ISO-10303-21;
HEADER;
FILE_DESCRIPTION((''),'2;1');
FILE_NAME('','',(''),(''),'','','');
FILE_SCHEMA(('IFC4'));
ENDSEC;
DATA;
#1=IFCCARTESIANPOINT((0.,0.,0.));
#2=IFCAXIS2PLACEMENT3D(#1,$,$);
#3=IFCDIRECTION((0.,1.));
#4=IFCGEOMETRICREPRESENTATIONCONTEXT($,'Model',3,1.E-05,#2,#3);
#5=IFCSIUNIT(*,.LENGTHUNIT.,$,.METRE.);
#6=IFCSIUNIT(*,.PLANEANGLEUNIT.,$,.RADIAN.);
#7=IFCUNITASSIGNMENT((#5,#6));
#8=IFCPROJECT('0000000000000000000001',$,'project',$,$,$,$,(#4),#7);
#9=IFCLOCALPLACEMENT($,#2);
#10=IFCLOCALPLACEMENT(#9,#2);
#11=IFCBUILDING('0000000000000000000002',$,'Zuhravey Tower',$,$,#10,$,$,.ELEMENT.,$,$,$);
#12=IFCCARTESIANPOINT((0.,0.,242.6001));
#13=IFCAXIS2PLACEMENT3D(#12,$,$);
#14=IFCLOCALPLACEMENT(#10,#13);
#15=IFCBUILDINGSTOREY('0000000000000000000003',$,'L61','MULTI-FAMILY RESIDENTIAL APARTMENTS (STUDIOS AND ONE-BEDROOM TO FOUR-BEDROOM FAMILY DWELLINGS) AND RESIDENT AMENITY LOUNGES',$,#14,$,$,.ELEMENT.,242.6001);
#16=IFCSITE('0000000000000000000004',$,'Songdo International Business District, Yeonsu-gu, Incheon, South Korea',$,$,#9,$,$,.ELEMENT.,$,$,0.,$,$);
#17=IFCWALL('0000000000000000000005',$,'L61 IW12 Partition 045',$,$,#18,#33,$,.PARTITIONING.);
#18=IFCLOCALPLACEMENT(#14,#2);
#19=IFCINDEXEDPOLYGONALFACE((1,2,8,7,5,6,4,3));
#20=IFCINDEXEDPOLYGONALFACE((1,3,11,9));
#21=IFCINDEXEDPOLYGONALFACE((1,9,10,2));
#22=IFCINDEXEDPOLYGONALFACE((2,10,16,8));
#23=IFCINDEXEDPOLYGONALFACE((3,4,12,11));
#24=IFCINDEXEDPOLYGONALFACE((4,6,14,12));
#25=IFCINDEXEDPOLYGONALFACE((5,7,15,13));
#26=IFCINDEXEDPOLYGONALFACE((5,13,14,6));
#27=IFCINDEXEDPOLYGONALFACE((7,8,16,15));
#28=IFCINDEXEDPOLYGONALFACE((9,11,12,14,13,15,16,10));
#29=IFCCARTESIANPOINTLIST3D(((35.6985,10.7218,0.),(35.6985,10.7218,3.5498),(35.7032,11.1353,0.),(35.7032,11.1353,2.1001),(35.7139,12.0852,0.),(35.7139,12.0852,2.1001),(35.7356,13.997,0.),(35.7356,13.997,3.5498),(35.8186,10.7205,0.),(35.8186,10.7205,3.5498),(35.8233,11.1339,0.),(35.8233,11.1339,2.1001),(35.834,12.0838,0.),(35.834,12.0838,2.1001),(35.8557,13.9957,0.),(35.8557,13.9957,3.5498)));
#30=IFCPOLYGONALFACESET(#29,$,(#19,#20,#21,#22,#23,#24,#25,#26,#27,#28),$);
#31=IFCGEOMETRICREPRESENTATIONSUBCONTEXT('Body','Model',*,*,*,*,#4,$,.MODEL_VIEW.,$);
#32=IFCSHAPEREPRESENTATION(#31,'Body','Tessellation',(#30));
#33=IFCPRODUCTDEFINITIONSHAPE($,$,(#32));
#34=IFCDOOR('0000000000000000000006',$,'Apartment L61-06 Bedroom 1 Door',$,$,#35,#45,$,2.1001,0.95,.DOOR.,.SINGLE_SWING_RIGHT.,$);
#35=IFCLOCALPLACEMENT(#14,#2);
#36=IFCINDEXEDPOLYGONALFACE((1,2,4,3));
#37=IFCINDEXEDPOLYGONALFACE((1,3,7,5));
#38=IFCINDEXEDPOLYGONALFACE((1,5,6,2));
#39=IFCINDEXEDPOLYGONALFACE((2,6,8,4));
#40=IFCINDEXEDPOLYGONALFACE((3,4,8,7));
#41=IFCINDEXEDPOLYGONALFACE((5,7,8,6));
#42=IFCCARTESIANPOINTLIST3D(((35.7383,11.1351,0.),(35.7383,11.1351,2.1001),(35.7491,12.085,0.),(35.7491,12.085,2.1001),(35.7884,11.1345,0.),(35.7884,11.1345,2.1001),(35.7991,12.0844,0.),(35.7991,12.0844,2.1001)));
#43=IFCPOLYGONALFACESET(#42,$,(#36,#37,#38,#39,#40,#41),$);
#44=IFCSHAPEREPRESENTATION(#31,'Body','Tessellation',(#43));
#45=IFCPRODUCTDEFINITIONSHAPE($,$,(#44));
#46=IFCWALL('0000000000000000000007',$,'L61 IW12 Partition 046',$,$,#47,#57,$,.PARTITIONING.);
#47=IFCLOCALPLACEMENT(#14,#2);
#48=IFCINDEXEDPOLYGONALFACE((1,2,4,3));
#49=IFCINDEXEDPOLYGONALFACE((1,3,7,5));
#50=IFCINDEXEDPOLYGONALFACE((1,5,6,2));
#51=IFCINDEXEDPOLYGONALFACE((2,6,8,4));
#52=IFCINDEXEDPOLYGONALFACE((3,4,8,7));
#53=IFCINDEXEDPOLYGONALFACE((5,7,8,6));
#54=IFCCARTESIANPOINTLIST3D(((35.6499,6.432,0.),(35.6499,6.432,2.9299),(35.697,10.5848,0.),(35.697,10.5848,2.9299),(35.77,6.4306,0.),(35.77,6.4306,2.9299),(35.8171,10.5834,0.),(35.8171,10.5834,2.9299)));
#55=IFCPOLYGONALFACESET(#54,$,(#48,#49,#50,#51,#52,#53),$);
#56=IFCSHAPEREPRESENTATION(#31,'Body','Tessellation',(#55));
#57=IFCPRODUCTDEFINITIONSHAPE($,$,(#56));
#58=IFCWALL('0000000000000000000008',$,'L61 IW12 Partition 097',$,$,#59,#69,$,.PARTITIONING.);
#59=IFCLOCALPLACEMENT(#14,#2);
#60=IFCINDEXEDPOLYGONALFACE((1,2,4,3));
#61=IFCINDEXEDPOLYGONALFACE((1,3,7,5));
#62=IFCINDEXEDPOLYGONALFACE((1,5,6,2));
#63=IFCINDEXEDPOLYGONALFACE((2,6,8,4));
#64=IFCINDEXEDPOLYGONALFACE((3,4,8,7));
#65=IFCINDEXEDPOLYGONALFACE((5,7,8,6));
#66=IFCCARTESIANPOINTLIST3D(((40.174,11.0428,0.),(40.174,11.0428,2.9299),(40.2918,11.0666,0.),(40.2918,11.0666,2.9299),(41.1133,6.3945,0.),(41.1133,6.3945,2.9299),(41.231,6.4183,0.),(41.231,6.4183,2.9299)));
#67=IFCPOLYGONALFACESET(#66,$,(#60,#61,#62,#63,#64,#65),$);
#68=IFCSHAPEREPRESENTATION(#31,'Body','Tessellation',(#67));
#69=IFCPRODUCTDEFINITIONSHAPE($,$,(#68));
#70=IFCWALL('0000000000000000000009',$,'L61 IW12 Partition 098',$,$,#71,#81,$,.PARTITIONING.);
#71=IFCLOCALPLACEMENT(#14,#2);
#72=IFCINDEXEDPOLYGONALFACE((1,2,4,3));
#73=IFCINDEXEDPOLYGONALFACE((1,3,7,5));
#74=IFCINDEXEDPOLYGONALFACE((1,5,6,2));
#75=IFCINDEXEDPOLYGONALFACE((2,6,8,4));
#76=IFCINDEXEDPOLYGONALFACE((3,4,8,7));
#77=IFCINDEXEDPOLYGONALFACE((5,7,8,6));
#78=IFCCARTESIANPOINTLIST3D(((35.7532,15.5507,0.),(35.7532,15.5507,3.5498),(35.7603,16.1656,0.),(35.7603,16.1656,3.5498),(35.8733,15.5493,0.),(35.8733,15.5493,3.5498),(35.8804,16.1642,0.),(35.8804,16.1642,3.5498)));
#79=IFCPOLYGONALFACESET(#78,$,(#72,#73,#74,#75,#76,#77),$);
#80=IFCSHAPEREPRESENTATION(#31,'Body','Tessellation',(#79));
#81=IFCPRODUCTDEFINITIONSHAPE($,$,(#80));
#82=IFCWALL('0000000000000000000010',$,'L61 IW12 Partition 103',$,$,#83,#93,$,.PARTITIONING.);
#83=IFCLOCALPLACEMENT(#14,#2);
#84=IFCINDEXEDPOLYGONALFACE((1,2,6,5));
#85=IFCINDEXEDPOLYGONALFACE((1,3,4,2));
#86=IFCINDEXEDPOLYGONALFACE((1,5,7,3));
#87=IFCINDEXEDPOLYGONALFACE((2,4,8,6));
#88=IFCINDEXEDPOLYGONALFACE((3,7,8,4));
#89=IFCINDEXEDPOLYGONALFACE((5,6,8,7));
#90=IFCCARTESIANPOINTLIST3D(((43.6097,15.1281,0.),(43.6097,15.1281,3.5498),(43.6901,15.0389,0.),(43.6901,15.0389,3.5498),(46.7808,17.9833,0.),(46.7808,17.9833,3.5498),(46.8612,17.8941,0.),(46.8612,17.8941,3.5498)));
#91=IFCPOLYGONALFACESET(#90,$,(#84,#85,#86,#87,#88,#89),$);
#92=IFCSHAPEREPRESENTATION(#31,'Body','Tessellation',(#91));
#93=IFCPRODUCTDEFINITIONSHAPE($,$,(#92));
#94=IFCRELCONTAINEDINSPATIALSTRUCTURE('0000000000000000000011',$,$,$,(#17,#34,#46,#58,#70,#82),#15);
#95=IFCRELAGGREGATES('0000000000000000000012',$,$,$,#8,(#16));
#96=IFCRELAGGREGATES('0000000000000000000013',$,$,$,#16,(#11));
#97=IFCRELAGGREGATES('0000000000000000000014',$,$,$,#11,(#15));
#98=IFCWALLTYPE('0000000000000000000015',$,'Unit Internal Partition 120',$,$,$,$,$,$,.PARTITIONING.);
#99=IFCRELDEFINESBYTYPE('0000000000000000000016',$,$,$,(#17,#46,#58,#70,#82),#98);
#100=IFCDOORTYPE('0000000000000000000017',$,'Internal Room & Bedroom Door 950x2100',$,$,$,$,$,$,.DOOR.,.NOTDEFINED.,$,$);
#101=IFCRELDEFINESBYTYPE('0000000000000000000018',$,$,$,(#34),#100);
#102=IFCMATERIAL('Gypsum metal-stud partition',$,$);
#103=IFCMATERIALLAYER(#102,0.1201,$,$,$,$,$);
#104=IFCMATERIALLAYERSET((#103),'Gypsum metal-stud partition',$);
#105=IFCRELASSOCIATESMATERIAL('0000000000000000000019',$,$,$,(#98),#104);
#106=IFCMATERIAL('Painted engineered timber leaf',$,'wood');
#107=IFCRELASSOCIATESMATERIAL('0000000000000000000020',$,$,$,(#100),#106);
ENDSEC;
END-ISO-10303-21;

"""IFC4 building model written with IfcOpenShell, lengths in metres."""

from ifc_helpers import new_model, si_unit, direction, frame, frame_2d, origin, place, context, subcontext, project, spatial, rectangle, extrude, material, layer, layer_set, type_object, element, fill, save


model = new_model("IFC4")

# Units and contexts
model_context = context("Model", 3, precision=1e-05, world=origin(), true_north=direction((0.0, 1.0)))
body_context = subcontext(model_context, "Body", "Model", "MODEL_VIEW")
ifc_project = project(units=[si_unit("LENGTHUNIT", "METRE"), si_unit("PLANEANGLEUNIT", "RADIAN")], contexts=[model_context])

# Site, building, storey
site_placement = place(None, origin())
site = spatial("IfcSite", under=ifc_project, at=site_placement, Name="Songdo International Business District, Yeonsu-gu, Incheon, South Korea", CompositionType="ELEMENT", RefElevation=0.0)
building_placement = place(site_placement, origin())
building = spatial("IfcBuilding", under=site, at=building_placement, Name="Zuhravey Tower", CompositionType="ELEMENT")
storey_placement = place(building_placement, frame((0.0, 0.0, 242.6001)))
storey = spatial("IfcBuildingStorey", under=building, at=storey_placement, Name="L61", Description="MULTI-FAMILY RESIDENTIAL APARTMENTS (STUDIOS AND ONE-BEDROOM TO FOUR-BEDROOM FAMILY DWELLINGS) AND RESIDENT AMENITY LOUNGES", CompositionType="ELEMENT", Elevation=242.6001)

# Shared definitions
ifc_material_1 = material(Name="Gypsum metal-stud partition")
ifc_layer_1 = layer(ifc_material_1, 0.1201)
ifc_layer_set_1 = layer_set([ifc_layer_1], Name="Gypsum metal-stud partition")
wall_type_1 = type_object("IfcWallType", Name="Unit Internal Partition 120", PredefinedType="PARTITIONING", material=ifc_layer_set_1)
ifc_material_2 = material(Name="Painted engineered timber leaf", Category="wood")
door_type_1 = type_object("IfcDoorType", Name="Internal Room & Bedroom Door 950x2100", OperationType="NOTDEFINED", PredefinedType="DOOR", material=ifc_material_2)

# Wall, opening, door
wall_1_placement = place(storey_placement, frame((35.7957, 13.9963, 0.0), z_axis=(0.0, 0.0, 1.0), x_axis=(-0.01133, -0.999936, 0.0)))
wall_1 = element("IfcWall", 1, at=wall_1_placement, inside=storey, type_object=wall_type_1, Name="L61 IW12 Partition 045", PredefinedType="PARTITIONING", context=body_context, shape_type="SweptSolid", body=[
    extrude(rectangle(XDim=3.2754, YDim=0.1201, at=frame_2d((1.6377, 0.0))), origin(), (0.0, 0.0, 1.0), 3.5498),
])
opening_1_placement = place(wall_1_placement, frame((1.9119, 0.0, 0.0)))
opening_1 = element("IfcOpeningElement", 2, at=opening_1_placement, cuts=wall_1, PredefinedType="OPENING", context=body_context, shape_type="SweptSolid", body=[
    extrude(rectangle(XDim=0.95, YDim=2.1001, at=frame_2d((0.4751, 1.05))), frame((0.0, 0.072, 0.0), z_axis=(0.0, -1.0, 0.0), x_axis=(1.0, 0.0, 0.0)), (0.0, 0.0, 1.0), 0.144),
])
door_1_placement = place(opening_1_placement, frame((0.95, 0.0, 0.0), z_axis=(0.0, 0.0, 1.0), x_axis=(-1.0, 0.0, 0.0)))
door_1 = element("IfcDoor", 3, at=door_1_placement, inside=storey, type_object=door_type_1, Name="Apartment L61-06 Bedroom 1 Door", OperationType="SINGLE_SWING_RIGHT", OverallHeight=2.1001, OverallWidth=0.95, PredefinedType="DOOR", context=body_context, shape_type="SweptSolid", body=[
    extrude(rectangle(XDim=0.95, YDim=2.1001, at=frame_2d((0.4751, 1.05))), frame((0.0, 0.0249, 0.0), z_axis=(0.0, -1.0, 0.0), x_axis=(1.0, 0.0, 0.0)), (0.0, 0.0, 1.0), 0.05),
])
fill(opening_1, door_1)

# Walls
wall_2_placement = place(storey_placement, frame((35.7571, 10.5842, 0.0), z_axis=(0.0, 0.0, 1.0), x_axis=(-0.011346, -0.999936, 0.0)))
element("IfcWall", 4, at=wall_2_placement, inside=storey, type_object=wall_type_1, Name="L61 IW12 Partition 046", PredefinedType="PARTITIONING", context=body_context, shape_type="SweptSolid", body=[
    extrude(rectangle(XDim=4.1531, YDim=0.1201, at=frame_2d((2.0767, 0.0))), origin(), (0.0, 0.0, 1.0), 2.9299),
])
wall_3_placement = place(storey_placement, frame((40.2329, 11.0547, 0.0), z_axis=(0.0, 0.0, 1.0), x_axis=(0.198056, -0.980191, 0.0)))
element("IfcWall", 5, at=wall_3_placement, inside=storey, type_object=wall_type_1, Name="L61 IW12 Partition 097", PredefinedType="PARTITIONING", context=body_context, shape_type="SweptSolid", body=[
    extrude(rectangle(XDim=4.7422, YDim=0.1201, at=frame_2d((2.3711, 0.0))), origin(), (0.0, 0.0, 1.0), 2.9299),
])
wall_4_placement = place(storey_placement, frame((35.8203, 16.165, 0.0), z_axis=(0.0, 0.0, 1.0), x_axis=(-0.011512, -0.999934, 0.0)))
element("IfcWall", 6, at=wall_4_placement, inside=storey, type_object=wall_type_1, Name="L61 IW12 Partition 098", PredefinedType="PARTITIONING", context=body_context, shape_type="SweptSolid", body=[
    extrude(rectangle(XDim=0.615, YDim=0.1201, at=frame_2d((0.3076, 0.0))), origin(), (0.0, 0.0, 1.0), 3.5498),
])
wall_5_placement = place(storey_placement, frame((43.6499, 15.0835, 0.0), z_axis=(0.0, 0.0, 1.0), x_axis=(0.743155, 0.66912, 0.0)))
element("IfcWall", 7, at=wall_5_placement, inside=storey, type_object=wall_type_1, Name="L61 IW12 Partition 103", PredefinedType="PARTITIONING", context=body_context, shape_type="SweptSolid", body=[
    extrude(rectangle(XDim=4.2671, YDim=0.1201, at=frame_2d((2.1335, 0.0))), origin(), (0.0, 0.0, 1.0), 3.5498),
])

save(model, "model.ifc")
